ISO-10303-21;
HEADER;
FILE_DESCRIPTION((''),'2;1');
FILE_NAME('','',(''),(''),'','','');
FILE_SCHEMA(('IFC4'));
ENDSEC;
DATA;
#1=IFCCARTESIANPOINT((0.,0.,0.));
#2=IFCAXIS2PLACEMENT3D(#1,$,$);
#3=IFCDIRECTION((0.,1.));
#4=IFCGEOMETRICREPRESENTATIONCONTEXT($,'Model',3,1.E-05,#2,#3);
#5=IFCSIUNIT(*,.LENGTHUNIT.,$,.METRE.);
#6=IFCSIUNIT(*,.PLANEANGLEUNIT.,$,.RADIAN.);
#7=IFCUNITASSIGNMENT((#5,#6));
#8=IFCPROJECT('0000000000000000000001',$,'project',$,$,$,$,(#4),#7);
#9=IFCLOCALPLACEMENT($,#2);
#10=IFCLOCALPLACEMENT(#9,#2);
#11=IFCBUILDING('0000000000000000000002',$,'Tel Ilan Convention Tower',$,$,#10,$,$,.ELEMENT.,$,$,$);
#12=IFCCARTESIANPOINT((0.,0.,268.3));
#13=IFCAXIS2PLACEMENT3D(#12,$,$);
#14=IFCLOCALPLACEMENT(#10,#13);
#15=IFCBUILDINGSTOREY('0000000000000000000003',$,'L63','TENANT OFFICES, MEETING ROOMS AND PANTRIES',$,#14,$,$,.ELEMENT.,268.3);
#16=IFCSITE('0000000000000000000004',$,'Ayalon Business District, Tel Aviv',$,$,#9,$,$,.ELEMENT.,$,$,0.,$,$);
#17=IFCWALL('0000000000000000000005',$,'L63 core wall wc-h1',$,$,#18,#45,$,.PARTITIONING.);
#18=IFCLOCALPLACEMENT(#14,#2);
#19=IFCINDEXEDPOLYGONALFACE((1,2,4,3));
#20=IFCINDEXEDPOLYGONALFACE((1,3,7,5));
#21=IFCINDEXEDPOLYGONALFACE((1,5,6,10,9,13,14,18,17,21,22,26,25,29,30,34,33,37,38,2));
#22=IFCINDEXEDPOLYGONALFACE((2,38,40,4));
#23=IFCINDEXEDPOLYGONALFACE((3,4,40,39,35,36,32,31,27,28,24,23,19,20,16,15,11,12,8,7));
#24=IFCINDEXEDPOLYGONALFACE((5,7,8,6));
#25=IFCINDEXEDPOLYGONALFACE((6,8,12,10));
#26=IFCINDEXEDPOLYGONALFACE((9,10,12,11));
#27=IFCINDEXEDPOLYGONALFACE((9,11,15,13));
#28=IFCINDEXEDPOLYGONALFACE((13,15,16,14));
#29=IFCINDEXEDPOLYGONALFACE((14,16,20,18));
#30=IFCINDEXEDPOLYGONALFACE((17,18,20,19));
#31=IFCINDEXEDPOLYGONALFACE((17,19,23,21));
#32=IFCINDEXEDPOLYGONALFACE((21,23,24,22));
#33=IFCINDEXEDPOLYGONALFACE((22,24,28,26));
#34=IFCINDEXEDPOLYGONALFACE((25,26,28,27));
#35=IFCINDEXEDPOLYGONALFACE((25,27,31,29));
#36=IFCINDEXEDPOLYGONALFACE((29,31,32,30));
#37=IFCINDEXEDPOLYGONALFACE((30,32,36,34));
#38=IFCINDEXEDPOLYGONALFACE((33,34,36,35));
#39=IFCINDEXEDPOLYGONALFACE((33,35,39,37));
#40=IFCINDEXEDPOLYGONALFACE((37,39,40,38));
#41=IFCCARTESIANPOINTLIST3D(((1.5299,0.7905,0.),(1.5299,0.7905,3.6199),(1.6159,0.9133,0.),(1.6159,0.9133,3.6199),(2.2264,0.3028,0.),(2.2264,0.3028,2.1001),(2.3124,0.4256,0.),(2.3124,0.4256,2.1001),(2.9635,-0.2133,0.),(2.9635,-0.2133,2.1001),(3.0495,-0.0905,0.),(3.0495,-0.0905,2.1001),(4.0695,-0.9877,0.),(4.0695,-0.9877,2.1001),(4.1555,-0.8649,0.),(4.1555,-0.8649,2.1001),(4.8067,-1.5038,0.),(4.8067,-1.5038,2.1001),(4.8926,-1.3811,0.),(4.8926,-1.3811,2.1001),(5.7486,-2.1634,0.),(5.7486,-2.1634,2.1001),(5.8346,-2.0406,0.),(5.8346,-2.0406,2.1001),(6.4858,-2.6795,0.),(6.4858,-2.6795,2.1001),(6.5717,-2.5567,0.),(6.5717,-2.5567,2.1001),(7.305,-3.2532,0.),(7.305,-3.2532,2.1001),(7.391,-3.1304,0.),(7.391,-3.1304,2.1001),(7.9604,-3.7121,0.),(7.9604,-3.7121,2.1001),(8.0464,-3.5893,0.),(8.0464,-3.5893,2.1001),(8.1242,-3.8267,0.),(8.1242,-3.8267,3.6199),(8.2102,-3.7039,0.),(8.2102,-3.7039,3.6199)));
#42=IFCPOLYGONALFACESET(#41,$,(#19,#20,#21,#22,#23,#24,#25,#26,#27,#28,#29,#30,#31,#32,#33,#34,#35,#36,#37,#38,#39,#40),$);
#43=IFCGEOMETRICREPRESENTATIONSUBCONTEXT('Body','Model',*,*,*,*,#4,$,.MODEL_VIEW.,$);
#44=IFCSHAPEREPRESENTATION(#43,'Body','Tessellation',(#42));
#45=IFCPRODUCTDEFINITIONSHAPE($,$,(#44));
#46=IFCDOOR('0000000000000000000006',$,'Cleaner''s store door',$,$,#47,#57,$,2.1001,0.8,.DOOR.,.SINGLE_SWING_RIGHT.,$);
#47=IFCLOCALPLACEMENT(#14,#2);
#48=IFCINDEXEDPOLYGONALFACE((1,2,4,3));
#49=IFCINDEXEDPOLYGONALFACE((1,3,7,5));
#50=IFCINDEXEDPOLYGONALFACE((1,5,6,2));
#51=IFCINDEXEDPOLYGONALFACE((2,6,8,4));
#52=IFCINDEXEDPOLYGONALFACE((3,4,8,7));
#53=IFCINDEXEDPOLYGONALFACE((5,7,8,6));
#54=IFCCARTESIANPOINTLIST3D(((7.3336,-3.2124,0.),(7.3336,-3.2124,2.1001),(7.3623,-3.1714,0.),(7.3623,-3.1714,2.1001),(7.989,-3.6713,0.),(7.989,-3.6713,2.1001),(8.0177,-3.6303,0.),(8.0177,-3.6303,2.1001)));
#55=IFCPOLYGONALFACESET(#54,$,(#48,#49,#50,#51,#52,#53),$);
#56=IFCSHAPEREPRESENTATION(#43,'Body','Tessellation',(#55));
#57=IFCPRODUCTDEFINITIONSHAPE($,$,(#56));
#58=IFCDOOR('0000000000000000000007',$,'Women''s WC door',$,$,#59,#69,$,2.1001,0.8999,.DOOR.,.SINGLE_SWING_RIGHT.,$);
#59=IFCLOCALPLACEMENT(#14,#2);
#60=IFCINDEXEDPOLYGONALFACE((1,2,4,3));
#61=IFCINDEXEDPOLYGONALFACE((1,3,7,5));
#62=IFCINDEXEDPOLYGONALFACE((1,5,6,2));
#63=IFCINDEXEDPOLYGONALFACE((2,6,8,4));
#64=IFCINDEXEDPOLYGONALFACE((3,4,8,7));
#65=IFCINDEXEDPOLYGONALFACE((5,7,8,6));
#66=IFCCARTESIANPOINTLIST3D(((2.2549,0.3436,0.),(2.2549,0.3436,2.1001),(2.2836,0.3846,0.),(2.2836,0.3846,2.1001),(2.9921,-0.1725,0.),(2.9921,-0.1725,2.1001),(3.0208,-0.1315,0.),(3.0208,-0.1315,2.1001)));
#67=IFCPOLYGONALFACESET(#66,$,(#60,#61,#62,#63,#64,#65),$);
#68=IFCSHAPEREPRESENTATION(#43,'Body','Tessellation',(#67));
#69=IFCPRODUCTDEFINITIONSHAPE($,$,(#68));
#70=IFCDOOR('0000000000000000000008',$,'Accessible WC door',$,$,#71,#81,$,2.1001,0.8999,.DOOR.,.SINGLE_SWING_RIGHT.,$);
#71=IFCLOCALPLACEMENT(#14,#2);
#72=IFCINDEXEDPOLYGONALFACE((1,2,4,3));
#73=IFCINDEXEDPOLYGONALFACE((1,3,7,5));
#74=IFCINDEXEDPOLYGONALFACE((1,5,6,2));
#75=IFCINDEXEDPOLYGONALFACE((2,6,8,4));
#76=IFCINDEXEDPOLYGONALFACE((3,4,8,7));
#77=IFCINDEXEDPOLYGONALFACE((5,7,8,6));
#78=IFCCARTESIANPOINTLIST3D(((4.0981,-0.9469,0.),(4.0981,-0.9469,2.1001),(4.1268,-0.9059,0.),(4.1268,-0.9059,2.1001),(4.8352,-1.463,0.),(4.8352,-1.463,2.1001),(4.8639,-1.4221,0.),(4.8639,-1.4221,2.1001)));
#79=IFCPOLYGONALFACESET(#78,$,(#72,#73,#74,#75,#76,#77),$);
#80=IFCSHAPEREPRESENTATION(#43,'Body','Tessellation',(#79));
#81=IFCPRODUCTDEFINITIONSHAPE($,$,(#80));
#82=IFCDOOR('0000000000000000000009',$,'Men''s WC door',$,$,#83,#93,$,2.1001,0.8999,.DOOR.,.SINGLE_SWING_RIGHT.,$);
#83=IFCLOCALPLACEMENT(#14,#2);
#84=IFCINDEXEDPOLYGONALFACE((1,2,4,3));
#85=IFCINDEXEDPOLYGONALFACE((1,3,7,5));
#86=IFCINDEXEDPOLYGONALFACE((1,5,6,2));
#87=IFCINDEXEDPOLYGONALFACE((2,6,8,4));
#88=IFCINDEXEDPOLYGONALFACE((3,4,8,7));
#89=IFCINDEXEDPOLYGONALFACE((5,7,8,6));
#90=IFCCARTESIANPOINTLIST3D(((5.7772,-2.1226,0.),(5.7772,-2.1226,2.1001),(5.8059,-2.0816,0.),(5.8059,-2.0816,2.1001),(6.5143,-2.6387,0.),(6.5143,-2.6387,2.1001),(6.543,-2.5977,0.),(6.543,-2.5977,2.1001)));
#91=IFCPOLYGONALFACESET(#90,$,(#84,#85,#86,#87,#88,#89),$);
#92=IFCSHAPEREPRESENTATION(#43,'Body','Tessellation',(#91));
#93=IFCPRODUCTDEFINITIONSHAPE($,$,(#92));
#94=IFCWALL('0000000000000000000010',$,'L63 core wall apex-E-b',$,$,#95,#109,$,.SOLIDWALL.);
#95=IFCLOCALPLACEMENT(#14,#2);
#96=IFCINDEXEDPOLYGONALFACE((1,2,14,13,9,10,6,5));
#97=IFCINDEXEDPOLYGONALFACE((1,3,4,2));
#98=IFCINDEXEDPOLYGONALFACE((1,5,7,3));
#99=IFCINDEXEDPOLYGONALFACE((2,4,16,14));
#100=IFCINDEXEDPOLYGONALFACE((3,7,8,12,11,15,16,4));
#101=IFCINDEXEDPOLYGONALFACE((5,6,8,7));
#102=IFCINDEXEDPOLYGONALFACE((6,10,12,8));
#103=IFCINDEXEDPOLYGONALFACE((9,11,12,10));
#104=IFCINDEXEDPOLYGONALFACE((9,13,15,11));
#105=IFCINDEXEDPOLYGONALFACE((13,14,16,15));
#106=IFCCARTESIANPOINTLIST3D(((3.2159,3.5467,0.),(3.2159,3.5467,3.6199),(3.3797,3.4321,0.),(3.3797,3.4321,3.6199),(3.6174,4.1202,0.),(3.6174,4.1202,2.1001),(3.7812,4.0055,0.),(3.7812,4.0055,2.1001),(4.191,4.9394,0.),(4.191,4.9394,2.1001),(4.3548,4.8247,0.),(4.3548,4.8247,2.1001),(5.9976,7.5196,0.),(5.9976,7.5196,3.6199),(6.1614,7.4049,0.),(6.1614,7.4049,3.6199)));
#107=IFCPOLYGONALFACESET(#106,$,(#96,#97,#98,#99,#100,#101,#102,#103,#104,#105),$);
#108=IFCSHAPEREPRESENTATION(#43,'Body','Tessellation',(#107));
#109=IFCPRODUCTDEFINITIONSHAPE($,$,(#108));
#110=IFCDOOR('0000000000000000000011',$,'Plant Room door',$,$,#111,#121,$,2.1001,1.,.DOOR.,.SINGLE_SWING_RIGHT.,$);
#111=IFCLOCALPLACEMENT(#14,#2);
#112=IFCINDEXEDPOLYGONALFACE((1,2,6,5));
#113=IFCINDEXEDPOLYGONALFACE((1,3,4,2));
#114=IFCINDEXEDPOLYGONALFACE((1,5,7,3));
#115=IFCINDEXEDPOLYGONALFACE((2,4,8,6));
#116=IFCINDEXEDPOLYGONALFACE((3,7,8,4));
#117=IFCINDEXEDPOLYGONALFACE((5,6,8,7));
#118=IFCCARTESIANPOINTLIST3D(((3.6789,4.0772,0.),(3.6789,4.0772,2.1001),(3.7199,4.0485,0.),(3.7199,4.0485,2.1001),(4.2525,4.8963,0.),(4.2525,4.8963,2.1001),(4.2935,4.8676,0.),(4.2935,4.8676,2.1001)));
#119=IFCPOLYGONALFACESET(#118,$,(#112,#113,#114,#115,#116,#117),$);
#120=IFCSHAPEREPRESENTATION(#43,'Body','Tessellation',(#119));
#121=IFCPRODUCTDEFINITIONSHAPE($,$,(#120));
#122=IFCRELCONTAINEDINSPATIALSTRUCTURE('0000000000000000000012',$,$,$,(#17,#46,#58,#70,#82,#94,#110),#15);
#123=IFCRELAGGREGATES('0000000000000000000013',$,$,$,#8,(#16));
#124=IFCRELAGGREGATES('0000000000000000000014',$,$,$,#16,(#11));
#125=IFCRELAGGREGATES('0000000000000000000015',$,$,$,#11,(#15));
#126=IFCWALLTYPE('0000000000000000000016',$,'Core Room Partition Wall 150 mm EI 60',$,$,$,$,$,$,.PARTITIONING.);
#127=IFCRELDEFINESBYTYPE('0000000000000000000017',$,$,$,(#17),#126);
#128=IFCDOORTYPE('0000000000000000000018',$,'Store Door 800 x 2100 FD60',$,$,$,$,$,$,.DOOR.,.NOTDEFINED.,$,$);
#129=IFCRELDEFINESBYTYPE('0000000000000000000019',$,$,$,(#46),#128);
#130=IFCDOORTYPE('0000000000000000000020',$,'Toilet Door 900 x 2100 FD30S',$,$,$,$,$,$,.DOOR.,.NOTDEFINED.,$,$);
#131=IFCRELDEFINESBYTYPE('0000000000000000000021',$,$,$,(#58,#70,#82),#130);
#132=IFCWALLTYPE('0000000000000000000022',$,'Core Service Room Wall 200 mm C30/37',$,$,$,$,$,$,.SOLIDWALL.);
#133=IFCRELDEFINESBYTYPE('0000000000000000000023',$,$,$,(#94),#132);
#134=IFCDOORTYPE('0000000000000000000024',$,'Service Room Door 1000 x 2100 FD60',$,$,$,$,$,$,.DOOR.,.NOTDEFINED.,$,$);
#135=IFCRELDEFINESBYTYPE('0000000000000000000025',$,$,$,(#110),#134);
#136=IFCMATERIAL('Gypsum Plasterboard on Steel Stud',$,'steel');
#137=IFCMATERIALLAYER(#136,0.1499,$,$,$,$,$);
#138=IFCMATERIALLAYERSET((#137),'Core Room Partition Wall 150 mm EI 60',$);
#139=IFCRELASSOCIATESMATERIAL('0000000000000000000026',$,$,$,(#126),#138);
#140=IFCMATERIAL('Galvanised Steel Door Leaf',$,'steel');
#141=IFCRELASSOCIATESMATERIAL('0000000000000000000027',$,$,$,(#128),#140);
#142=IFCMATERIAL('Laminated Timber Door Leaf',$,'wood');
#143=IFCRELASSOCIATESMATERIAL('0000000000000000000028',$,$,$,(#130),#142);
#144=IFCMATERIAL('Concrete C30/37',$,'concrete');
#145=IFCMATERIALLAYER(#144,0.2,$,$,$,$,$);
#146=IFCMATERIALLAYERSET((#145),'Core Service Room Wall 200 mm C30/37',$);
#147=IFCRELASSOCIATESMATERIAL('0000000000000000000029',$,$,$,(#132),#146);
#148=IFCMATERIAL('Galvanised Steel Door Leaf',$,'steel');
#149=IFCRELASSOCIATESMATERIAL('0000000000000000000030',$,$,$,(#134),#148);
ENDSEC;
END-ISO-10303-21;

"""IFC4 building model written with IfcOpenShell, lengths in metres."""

from ifc_helpers import new_model, si_unit, direction, frame, frame_2d, origin, place, context, subcontext, project, spatial, rectangle, extrude, material, layer, layer_set, type_object, element, fill, save


model = new_model("IFC4")

# Units and contexts
model_context = context("Model", 3, precision=1e-05, world=origin(), true_north=direction((0.0, 1.0)))
body_context = subcontext(model_context, "Body", "Model", "MODEL_VIEW")
ifc_project = project(units=[si_unit("LENGTHUNIT", "METRE"), si_unit("PLANEANGLEUNIT", "RADIAN")], contexts=[model_context])

# Site, building, storey
site_placement = place(None, origin())
site = spatial("IfcSite", under=ifc_project, at=site_placement, Name="Ayalon Business District, Tel Aviv", CompositionType="ELEMENT", RefElevation=0.0)
building_placement = place(site_placement, origin())
building = spatial("IfcBuilding", under=site, at=building_placement, Name="Tel Ilan Convention Tower", CompositionType="ELEMENT")
storey_placement = place(building_placement, frame((0.0, 0.0, 268.3)))
storey = spatial("IfcBuildingStorey", under=building, at=storey_placement, Name="L63", Description="TENANT OFFICES, MEETING ROOMS AND PANTRIES", CompositionType="ELEMENT", Elevation=268.3)

# Wall, openings, doors
ifc_material_1 = material(Name="Gypsum Plasterboard on Steel Stud", Category="steel")
ifc_layer_1 = layer(ifc_material_1, 0.1499)
ifc_layer_set_1 = layer_set([ifc_layer_1], Name="Core Room Partition Wall 150 mm EI 60")
wall_type_1 = type_object("IfcWallType", Name="Core Room Partition Wall 150 mm EI 60", PredefinedType="PARTITIONING", material=ifc_layer_set_1)
wall_1_placement = place(storey_placement, frame((1.573, 0.8518, 0.0), z_axis=(0.0, 0.0, 1.0), x_axis=(0.819161, -0.573564, 0.0)))
wall_1 = element("IfcWall", 1, at=wall_1_placement, inside=storey, type_object=wall_type_1, Name="L63 core wall wc-h1", PredefinedType="PARTITIONING", context=body_context, shape_type="SweptSolid", body=[
    extrude(rectangle(XDim=8.05, YDim=0.1499, at=frame_2d((4.0249, 0.0))), origin(), (0.0, 0.0, 1.0), 3.6199),
])
opening_1_placement = place(wall_1_placement, frame((0.8501, 0.0, 0.0)))
opening_1 = element("IfcOpeningElement", 2, at=opening_1_placement, cuts=wall_1, PredefinedType="OPENING", context=body_context, shape_type="SweptSolid", body=[
    extrude(rectangle(XDim=0.8999, YDim=2.1001, at=frame_2d((0.45, 1.05))), frame((0.0, 0.085, 0.0), z_axis=(0.0, -1.0, 0.0), x_axis=(1.0, 0.0, 0.0)), (0.0, 0.0, 1.0), 0.1699),
])
opening_2_placement = place(wall_1_placement, frame((3.1001, 0.0, 0.0)))
opening_2 = element("IfcOpeningElement", 3, at=opening_2_placement, cuts=wall_1, PredefinedType="OPENING", context=body_context, shape_type="SweptSolid", body=[
    extrude(rectangle(XDim=0.8999, YDim=2.1001, at=frame_2d((0.45, 1.05))), frame((0.0, 0.085, 0.0), z_axis=(0.0, -1.0, 0.0), x_axis=(1.0, 0.0, 0.0)), (0.0, 0.0, 1.0), 0.1699),
])
opening_3_placement = place(wall_1_placement, frame((5.1499, 0.0, 0.0)))
opening_3 = element("IfcOpeningElement", 4, at=opening_3_placement, cuts=wall_1, PredefinedType="OPENING", context=body_context, shape_type="SweptSolid", body=[
    extrude(rectangle(XDim=0.8999, YDim=2.1001, at=frame_2d((0.45, 1.05))), frame((0.0, 0.085, 0.0), z_axis=(0.0, -1.0, 0.0), x_axis=(1.0, 0.0, 0.0)), (0.0, 0.0, 1.0), 0.1699),
])
opening_4_placement = place(wall_1_placement, frame((7.05, 0.0, 0.0)))
opening_4 = element("IfcOpeningElement", 5, at=opening_4_placement, cuts=wall_1, PredefinedType="OPENING", context=body_context, shape_type="SweptSolid", body=[
    extrude(rectangle(XDim=0.8, YDim=2.1001, at=frame_2d((0.3999, 1.05))), frame((0.0, 0.085, 0.0), z_axis=(0.0, -1.0, 0.0), x_axis=(1.0, 0.0, 0.0)), (0.0, 0.0, 1.0), 0.1699),
])
ifc_material_2 = material(Name="Galvanised Steel Door Leaf", Category="steel")
door_type_1 = type_object("IfcDoorType", Name="Store Door 800 x 2100 FD60", OperationType="NOTDEFINED", PredefinedType="DOOR", material=ifc_material_2)
door_1_placement = place(opening_4_placement, origin())
door_1 = element("IfcDoor", 6, at=door_1_placement, inside=storey, type_object=door_type_1, Name="Cleaner's store door", OperationType="SINGLE_SWING_RIGHT", OverallHeight=2.1001, OverallWidth=0.8, PredefinedType="DOOR", context=body_context, shape_type="SweptSolid", body=[
    extrude(rectangle(XDim=0.8, YDim=2.1001, at=frame_2d((0.3999, 1.05))), frame((0.0, 0.0249, 0.0), z_axis=(0.0, -1.0, 0.0), x_axis=(1.0, 0.0, 0.0)), (0.0, 0.0, 1.0), 0.05),
])
fill(opening_4, door_1)
ifc_material_3 = material(Name="Laminated Timber Door Leaf", Category="wood")
door_type_2 = type_object("IfcDoorType", Name="Toilet Door 900 x 2100 FD30S", OperationType="NOTDEFINED", PredefinedType="DOOR", material=ifc_material_3)
door_2_placement = place(opening_1_placement, origin())
door_2 = element("IfcDoor", 7, at=door_2_placement, inside=storey, type_object=door_type_2, Name="Women's WC door", OperationType="SINGLE_SWING_RIGHT", OverallHeight=2.1001, OverallWidth=0.8999, PredefinedType="DOOR", context=body_context, shape_type="SweptSolid", body=[
    extrude(rectangle(XDim=0.8999, YDim=2.1001, at=frame_2d((0.45, 1.05))), frame((0.0, 0.0249, 0.0), z_axis=(0.0, -1.0, 0.0), x_axis=(1.0, 0.0, 0.0)), (0.0, 0.0, 1.0), 0.05),
])
fill(opening_1, door_2)
door_3_placement = place(opening_2_placement, origin())
door_3 = element("IfcDoor", 8, at=door_3_placement, inside=storey, type_object=door_type_2, Name="Accessible WC door", OperationType="SINGLE_SWING_RIGHT", OverallHeight=2.1001, OverallWidth=0.8999, PredefinedType="DOOR", context=body_context, shape_type="SweptSolid", body=[
    extrude(rectangle(XDim=0.8999, YDim=2.1001, at=frame_2d((0.45, 1.05))), frame((0.0, 0.0249, 0.0), z_axis=(0.0, -1.0, 0.0), x_axis=(1.0, 0.0, 0.0)), (0.0, 0.0, 1.0), 0.05),
])
fill(opening_2, door_3)
door_4_placement = place(opening_3_placement, origin())
door_4 = element("IfcDoor", 9, at=door_4_placement, inside=storey, type_object=door_type_2, Name="Men's WC door", OperationType="SINGLE_SWING_RIGHT", OverallHeight=2.1001, OverallWidth=0.8999, PredefinedType="DOOR", context=body_context, shape_type="SweptSolid", body=[
    extrude(rectangle(XDim=0.8999, YDim=2.1001, at=frame_2d((0.45, 1.05))), frame((0.0, 0.0249, 0.0), z_axis=(0.0, -1.0, 0.0), x_axis=(1.0, 0.0, 0.0)), (0.0, 0.0, 1.0), 0.05),
])
fill(opening_3, door_4)

# Wall, opening, door
ifc_material_4 = material(Name="Concrete C30/37", Category="concrete")
ifc_layer_2 = layer(ifc_material_4, 0.2)
ifc_layer_set_2 = layer_set([ifc_layer_2], Name="Core Service Room Wall 200 mm C30/37")
wall_type_2 = type_object("IfcWallType", Name="Core Service Room Wall 200 mm C30/37", PredefinedType="SOLIDWALL", material=ifc_layer_set_2)
wall_2_placement = place(storey_placement, frame((3.2979, 3.4895, 0.0), z_axis=(0.0, 0.0, 1.0), x_axis=(0.57356, 0.819163, 0.0)))
wall_2 = element("IfcWall", 10, at=wall_2_placement, inside=storey, type_object=wall_type_2, Name="L63 core wall apex-E-b", PredefinedType="SOLIDWALL", context=body_context, shape_type="SweptSolid", body=[
    extrude(rectangle(XDim=4.8499, YDim=0.2, at=frame_2d((2.4248, 0.0))), origin(), (0.0, 0.0, 1.0), 3.6199),
])
opening_5_placement = place(wall_2_placement, frame((0.7, 0.0, 0.0)))
opening_5 = element("IfcOpeningElement", 11, at=opening_5_placement, cuts=wall_2, PredefinedType="OPENING", context=body_context, shape_type="SweptSolid", body=[
    extrude(rectangle(XDim=1.0, YDim=2.1001, at=frame_2d((0.5, 1.05))), frame((0.0, 0.1099, 0.0), z_axis=(0.0, -1.0, 0.0), x_axis=(1.0, 0.0, 0.0)), (0.0, 0.0, 1.0), 0.22),
])
ifc_material_5 = material(Name="Galvanised Steel Door Leaf", Category="steel")
door_type_3 = type_object("IfcDoorType", Name="Service Room Door 1000 x 2100 FD60", OperationType="NOTDEFINED", PredefinedType="DOOR", material=ifc_material_5)
door_5_placement = place(opening_5_placement, origin())
door_5 = element("IfcDoor", 12, at=door_5_placement, inside=storey, type_object=door_type_3, Name="Plant Room door", OperationType="SINGLE_SWING_RIGHT", OverallHeight=2.1001, OverallWidth=1.0, PredefinedType="DOOR", context=body_context, shape_type="SweptSolid", body=[
    extrude(rectangle(XDim=1.0, YDim=2.1001, at=frame_2d((0.5, 1.05))), frame((0.0, 0.0249, 0.0), z_axis=(0.0, -1.0, 0.0), x_axis=(1.0, 0.0, 0.0)), (0.0, 0.0, 1.0), 0.05),
])
fill(opening_5, door_5)

save(model, "model.ifc")
